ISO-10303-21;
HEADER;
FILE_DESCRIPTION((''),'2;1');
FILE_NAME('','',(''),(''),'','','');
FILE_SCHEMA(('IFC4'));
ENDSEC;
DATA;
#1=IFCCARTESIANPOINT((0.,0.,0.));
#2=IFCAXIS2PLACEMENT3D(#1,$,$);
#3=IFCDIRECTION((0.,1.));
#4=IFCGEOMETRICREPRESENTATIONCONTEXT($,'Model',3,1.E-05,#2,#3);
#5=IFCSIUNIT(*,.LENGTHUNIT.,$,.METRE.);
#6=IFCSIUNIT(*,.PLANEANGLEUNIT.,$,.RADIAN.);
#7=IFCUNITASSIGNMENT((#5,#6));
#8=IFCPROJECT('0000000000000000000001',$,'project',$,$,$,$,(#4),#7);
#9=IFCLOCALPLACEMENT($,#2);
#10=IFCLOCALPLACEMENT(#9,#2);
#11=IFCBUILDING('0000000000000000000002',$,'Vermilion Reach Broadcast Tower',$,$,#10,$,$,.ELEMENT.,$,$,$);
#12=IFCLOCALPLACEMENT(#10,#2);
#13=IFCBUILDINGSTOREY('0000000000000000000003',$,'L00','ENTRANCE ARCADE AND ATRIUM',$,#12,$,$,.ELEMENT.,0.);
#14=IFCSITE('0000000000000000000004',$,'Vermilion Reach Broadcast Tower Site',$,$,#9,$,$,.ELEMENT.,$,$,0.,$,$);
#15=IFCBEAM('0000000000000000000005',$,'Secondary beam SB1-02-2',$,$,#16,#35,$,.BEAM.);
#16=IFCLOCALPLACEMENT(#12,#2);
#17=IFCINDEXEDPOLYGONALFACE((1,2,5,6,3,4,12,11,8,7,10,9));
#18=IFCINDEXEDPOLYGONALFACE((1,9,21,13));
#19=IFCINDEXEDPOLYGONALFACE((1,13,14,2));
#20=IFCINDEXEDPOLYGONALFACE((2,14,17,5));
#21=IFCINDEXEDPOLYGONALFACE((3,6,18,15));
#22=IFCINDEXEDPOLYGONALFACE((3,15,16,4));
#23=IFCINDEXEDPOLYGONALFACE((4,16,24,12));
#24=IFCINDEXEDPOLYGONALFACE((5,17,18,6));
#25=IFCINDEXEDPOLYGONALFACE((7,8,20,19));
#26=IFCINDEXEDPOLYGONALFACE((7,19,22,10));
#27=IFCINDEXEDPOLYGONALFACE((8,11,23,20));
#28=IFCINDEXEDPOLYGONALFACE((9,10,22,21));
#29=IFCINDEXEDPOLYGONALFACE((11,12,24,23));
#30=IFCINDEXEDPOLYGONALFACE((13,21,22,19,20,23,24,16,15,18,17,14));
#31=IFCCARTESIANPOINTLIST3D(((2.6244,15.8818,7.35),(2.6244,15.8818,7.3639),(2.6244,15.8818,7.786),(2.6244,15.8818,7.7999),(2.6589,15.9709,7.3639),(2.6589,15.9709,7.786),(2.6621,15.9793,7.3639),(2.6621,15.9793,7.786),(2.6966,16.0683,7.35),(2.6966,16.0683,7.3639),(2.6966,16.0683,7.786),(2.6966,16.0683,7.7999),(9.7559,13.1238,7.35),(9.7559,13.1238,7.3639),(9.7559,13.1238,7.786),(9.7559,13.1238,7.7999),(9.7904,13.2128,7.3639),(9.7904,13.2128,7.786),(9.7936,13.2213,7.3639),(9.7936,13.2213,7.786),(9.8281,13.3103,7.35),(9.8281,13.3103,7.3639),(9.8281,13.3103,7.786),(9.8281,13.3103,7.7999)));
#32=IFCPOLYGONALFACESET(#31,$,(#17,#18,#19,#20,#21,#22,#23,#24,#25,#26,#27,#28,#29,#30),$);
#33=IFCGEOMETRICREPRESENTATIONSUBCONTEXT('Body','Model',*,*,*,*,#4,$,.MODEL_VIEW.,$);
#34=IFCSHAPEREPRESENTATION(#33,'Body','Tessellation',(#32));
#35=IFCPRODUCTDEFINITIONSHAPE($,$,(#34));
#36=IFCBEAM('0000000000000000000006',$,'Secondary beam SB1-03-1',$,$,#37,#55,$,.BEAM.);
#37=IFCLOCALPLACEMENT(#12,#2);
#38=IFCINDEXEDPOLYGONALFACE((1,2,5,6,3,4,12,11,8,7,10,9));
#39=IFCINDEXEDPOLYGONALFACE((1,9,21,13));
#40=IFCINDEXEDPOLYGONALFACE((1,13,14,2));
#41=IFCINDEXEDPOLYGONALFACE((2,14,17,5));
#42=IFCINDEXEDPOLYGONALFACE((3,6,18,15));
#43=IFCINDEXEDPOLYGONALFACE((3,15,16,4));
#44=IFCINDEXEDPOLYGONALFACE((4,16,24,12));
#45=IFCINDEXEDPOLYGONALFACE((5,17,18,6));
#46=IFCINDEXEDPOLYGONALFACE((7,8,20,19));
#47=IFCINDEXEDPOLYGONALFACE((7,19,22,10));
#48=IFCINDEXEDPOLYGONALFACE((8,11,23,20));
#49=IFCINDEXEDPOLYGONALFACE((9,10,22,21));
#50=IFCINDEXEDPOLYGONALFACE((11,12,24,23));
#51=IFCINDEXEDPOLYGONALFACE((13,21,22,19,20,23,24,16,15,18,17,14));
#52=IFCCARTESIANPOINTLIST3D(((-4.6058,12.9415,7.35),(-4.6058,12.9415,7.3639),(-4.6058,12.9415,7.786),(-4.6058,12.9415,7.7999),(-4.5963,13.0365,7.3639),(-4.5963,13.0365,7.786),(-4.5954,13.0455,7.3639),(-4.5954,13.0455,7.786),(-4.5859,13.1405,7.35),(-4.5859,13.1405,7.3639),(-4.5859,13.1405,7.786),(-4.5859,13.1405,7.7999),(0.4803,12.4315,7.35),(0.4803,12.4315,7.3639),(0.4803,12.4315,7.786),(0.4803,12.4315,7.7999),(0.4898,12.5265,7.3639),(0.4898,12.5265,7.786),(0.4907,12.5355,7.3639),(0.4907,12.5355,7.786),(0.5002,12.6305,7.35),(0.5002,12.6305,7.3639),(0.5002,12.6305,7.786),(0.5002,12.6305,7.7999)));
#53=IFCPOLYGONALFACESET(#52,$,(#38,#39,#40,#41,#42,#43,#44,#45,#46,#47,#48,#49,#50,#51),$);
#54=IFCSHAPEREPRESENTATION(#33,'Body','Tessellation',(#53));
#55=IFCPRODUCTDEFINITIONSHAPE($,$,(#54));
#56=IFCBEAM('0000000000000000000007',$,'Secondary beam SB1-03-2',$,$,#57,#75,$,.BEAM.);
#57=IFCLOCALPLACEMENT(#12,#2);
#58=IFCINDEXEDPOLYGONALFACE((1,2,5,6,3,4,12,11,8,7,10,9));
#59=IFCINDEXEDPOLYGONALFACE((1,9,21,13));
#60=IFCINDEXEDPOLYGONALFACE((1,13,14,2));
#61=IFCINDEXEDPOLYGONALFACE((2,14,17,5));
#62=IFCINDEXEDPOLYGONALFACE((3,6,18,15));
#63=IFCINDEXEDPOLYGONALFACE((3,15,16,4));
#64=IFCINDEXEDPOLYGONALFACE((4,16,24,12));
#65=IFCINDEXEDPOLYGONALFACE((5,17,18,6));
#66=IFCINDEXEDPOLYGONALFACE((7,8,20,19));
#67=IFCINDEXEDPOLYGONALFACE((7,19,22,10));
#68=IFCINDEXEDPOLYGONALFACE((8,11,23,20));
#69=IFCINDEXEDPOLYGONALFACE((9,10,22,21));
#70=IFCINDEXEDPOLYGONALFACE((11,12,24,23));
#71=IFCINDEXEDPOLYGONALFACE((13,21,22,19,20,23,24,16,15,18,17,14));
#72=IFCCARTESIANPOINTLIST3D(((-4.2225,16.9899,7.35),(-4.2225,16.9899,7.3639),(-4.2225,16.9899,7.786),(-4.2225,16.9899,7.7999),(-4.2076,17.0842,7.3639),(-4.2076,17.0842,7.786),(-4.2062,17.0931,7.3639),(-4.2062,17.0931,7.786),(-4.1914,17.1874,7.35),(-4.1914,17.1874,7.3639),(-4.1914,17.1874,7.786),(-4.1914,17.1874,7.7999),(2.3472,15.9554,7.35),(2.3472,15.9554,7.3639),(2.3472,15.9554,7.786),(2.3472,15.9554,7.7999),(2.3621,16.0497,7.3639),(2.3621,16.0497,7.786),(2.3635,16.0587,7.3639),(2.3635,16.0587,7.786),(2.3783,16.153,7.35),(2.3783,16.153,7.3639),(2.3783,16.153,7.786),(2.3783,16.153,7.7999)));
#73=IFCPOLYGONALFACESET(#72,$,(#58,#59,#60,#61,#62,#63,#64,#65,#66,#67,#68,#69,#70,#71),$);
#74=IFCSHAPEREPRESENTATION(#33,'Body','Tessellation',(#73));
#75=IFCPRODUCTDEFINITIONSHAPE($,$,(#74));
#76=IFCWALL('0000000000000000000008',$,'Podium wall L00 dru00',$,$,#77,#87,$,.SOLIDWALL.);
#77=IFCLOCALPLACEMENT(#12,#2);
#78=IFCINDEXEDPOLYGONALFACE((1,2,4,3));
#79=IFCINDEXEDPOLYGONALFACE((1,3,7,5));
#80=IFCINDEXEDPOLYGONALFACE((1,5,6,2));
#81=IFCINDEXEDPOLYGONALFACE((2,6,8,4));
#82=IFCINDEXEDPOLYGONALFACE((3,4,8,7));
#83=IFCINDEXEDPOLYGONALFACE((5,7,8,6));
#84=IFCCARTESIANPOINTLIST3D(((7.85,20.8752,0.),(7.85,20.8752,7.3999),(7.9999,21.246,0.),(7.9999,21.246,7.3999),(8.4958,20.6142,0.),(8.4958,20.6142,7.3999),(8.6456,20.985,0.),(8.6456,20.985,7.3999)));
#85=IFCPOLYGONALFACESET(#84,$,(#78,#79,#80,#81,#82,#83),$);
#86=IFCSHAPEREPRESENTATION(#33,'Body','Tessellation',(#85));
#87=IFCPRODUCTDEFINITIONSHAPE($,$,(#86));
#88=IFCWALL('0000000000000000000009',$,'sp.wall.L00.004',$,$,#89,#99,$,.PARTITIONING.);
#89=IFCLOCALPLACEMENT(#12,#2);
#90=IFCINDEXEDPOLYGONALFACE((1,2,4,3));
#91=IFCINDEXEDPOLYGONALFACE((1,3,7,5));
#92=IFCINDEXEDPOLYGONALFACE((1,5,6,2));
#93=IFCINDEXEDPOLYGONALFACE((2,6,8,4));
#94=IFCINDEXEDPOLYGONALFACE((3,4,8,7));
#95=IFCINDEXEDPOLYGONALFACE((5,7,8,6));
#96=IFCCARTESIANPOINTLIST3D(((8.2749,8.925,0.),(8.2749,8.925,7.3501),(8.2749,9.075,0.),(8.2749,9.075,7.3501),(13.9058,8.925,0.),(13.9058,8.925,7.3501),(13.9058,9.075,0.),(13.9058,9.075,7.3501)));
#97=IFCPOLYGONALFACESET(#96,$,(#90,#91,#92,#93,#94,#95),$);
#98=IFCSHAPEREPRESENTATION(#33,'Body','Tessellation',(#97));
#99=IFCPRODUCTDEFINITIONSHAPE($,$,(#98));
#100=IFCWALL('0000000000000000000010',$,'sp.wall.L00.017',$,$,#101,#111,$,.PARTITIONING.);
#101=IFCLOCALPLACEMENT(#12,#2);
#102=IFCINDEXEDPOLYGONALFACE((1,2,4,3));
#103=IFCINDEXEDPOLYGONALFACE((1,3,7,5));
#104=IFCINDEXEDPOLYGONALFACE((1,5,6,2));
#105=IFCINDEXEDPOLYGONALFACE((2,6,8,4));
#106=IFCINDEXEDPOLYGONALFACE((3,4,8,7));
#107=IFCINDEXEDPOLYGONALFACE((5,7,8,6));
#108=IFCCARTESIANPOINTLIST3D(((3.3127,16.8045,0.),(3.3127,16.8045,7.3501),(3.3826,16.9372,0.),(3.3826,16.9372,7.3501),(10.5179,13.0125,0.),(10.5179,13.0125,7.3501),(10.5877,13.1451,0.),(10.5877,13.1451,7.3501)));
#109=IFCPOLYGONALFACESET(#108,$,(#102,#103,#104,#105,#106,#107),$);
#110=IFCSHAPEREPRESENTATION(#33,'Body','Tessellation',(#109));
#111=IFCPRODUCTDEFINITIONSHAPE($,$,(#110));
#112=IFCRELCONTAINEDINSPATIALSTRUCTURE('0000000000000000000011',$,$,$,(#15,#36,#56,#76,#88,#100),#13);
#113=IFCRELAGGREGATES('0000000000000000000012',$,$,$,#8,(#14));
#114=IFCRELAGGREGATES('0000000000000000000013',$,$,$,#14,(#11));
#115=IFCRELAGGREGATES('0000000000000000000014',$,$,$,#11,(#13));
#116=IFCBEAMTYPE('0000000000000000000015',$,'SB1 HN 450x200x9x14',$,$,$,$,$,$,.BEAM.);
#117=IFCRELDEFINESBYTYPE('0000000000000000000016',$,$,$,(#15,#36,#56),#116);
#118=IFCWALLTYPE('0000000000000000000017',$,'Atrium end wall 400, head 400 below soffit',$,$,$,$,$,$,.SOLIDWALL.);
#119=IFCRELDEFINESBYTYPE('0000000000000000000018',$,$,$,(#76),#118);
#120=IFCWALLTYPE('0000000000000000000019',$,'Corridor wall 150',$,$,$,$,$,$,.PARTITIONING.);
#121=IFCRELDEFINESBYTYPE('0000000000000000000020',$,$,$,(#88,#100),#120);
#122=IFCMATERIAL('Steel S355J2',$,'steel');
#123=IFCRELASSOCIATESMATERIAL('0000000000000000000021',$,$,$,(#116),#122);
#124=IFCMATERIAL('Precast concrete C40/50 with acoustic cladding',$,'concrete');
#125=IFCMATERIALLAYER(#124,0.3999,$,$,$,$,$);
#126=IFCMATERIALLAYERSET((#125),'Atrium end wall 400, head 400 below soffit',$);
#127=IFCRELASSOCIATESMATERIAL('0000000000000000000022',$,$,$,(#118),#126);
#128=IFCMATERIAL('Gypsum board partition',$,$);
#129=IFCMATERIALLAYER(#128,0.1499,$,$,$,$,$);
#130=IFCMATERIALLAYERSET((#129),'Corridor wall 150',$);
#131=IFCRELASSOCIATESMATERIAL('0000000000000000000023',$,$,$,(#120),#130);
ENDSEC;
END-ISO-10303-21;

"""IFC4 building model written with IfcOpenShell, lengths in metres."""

from ifc_helpers import new_model, si_unit, direction, frame, frame_2d, origin, origin_2d, place, context, subcontext, project, spatial, rectangle, i_section, extrude, material, layer, layer_set, material_profile, profile_set, type_object, element, save


model = new_model("IFC4")

# Units and contexts
model_context = context("Model", 3, precision=1e-05, world=origin(), true_north=direction((0.0, 1.0)))
body_context = subcontext(model_context, "Body", "Model", "MODEL_VIEW")
ifc_project = project(units=[si_unit("LENGTHUNIT", "METRE"), si_unit("PLANEANGLEUNIT", "RADIAN")], contexts=[model_context])

# Site, building, storey
site_placement = place(None, origin())
site = spatial("IfcSite", under=ifc_project, at=site_placement, Name="Vermilion Reach Broadcast Tower Site", CompositionType="ELEMENT", RefElevation=0.0)
building_placement = place(site_placement, origin())
building = spatial("IfcBuilding", under=site, at=building_placement, Name="Vermilion Reach Broadcast Tower", CompositionType="ELEMENT")
storey_placement = place(building_placement, origin())
storey = spatial("IfcBuildingStorey", under=building, at=storey_placement, Name="L00", Description="ENTRANCE ARCADE AND ATRIUM", CompositionType="ELEMENT", Elevation=0.0)

# Beams
ifc_material_1 = material(Name="Steel S355J2", Category="steel")
ifc_material_profile_1 = material_profile(ifc_material_1, i_section(OverallWidth=0.2, OverallDepth=0.45, WebThickness=0.009, FlangeThickness=0.0139, at=origin_2d()), Name="S355J2 HN 450x200x9x14")
ifc_profile_set_1 = profile_set([ifc_material_profile_1], Name="Steel S355J2")
beam_type_1 = type_object("IfcBeamType", Name="SB1 HN 450x200x9x14", PredefinedType="BEAM", material=ifc_profile_set_1)
beam_1_placement = place(storey_placement, frame((9.792, 13.217, 7.575), z_axis=(-0.932681, 0.360703, 0.0), x_axis=(-0.360703, -0.932681, 0.0)))
element("IfcBeam", 1, at=beam_1_placement, inside=storey, type_object=beam_type_1, Name="Secondary beam SB1-02-2", PredefinedType="BEAM", context=body_context, shape_type="SweptSolid", body=[
    extrude(i_section(OverallWidth=0.2, OverallDepth=0.45, WebThickness=0.009, FlangeThickness=0.0139, at=origin_2d()), origin(), (0.0, 0.0, 1.0), 7.6462),
])
beam_2_placement = place(storey_placement, frame((0.4902, 12.531, 7.575), z_axis=(-0.99501, 0.099773, 0.0), x_axis=(-0.099773, -0.99501, 0.0)))
element("IfcBeam", 2, at=beam_2_placement, inside=storey, type_object=beam_type_1, Name="Secondary beam SB1-03-1", PredefinedType="BEAM", context=body_context, shape_type="SweptSolid", body=[
    extrude(i_section(OverallWidth=0.2, OverallDepth=0.45, WebThickness=0.009, FlangeThickness=0.0139, at=origin_2d()), origin(), (0.0, 0.0, 1.0), 5.1116),
])
beam_3_placement = place(storey_placement, frame((2.3628, 16.0542, 7.575), z_axis=(-0.98783, 0.15554, 0.0), x_axis=(-0.15554, -0.98783, 0.0)))
element("IfcBeam", 3, at=beam_3_placement, inside=storey, type_object=beam_type_1, Name="Secondary beam SB1-03-2", PredefinedType="BEAM", context=body_context, shape_type="SweptSolid", body=[
    extrude(i_section(OverallWidth=0.2, OverallDepth=0.45, WebThickness=0.009, FlangeThickness=0.0139, at=origin_2d()), origin(), (0.0, 0.0, 1.0), 6.6506),
])

# Walls
ifc_material_2 = material(Name="Precast concrete C40/50 with acoustic cladding", Category="concrete")
ifc_layer_1 = layer(ifc_material_2, 0.3999)
ifc_layer_set_1 = layer_set([ifc_layer_1], Name="Atrium end wall 400, head 400 below soffit")
wall_type_1 = type_object("IfcWallType", Name="Atrium end wall 400, head 400 below soffit", PredefinedType="SOLIDWALL", material=ifc_layer_set_1)
wall_1_placement = place(storey_placement, frame((7.925, 21.0605, 0.0), z_axis=(0.0, 0.0, 1.0), x_axis=(0.927141, -0.374712, 0.0)))
element("IfcWall", 4, at=wall_1_placement, inside=storey, type_object=wall_type_1, Name="Podium wall L00 dru00", PredefinedType="SOLIDWALL", context=body_context, shape_type="SweptSolid", body=[
    extrude(rectangle(XDim=0.6965, YDim=0.3999, at=frame_2d((0.3481, 0.0))), origin(), (0.0, 0.0, 1.0), 7.3999),
])
ifc_material_3 = material(Name="Gypsum board partition")
ifc_layer_2 = layer(ifc_material_3, 0.1499)
ifc_layer_set_2 = layer_set([ifc_layer_2], Name="Corridor wall 150")
wall_type_2 = type_object("IfcWallType", Name="Corridor wall 150", PredefinedType="PARTITIONING", material=ifc_layer_set_2)
wall_2_placement = place(storey_placement, frame((8.2749, 9.0, 0.0), z_axis=(0.0, 0.0, 1.0), x_axis=(1.0, 0.0, 0.0)))
element("IfcWall", 5, at=wall_2_placement, inside=storey, type_object=wall_type_2, Name="sp.wall.L00.004", PredefinedType="PARTITIONING", context=body_context, shape_type="SweptSolid", body=[
    extrude(rectangle(XDim=5.6309, YDim=0.1499, at=frame_2d((2.8154, 0.0))), origin(), (0.0, 0.0, 1.0), 7.3501),
])
wall_3_placement = place(storey_placement, frame((3.3477, 16.8708, 0.0), z_axis=(0.0, 0.0, 1.0), x_axis=(0.884926, -0.465732, 0.0)))
element("IfcWall", 6, at=wall_3_placement, inside=storey, type_object=wall_type_2, Name="sp.wall.L00.017", PredefinedType="PARTITIONING", context=body_context, shape_type="SweptSolid", body=[
    extrude(rectangle(XDim=8.1421, YDim=0.1499, at=frame_2d((4.071, 0.0))), origin(), (0.0, 0.0, 1.0), 7.3501),
])

save(model, "model.ifc")
